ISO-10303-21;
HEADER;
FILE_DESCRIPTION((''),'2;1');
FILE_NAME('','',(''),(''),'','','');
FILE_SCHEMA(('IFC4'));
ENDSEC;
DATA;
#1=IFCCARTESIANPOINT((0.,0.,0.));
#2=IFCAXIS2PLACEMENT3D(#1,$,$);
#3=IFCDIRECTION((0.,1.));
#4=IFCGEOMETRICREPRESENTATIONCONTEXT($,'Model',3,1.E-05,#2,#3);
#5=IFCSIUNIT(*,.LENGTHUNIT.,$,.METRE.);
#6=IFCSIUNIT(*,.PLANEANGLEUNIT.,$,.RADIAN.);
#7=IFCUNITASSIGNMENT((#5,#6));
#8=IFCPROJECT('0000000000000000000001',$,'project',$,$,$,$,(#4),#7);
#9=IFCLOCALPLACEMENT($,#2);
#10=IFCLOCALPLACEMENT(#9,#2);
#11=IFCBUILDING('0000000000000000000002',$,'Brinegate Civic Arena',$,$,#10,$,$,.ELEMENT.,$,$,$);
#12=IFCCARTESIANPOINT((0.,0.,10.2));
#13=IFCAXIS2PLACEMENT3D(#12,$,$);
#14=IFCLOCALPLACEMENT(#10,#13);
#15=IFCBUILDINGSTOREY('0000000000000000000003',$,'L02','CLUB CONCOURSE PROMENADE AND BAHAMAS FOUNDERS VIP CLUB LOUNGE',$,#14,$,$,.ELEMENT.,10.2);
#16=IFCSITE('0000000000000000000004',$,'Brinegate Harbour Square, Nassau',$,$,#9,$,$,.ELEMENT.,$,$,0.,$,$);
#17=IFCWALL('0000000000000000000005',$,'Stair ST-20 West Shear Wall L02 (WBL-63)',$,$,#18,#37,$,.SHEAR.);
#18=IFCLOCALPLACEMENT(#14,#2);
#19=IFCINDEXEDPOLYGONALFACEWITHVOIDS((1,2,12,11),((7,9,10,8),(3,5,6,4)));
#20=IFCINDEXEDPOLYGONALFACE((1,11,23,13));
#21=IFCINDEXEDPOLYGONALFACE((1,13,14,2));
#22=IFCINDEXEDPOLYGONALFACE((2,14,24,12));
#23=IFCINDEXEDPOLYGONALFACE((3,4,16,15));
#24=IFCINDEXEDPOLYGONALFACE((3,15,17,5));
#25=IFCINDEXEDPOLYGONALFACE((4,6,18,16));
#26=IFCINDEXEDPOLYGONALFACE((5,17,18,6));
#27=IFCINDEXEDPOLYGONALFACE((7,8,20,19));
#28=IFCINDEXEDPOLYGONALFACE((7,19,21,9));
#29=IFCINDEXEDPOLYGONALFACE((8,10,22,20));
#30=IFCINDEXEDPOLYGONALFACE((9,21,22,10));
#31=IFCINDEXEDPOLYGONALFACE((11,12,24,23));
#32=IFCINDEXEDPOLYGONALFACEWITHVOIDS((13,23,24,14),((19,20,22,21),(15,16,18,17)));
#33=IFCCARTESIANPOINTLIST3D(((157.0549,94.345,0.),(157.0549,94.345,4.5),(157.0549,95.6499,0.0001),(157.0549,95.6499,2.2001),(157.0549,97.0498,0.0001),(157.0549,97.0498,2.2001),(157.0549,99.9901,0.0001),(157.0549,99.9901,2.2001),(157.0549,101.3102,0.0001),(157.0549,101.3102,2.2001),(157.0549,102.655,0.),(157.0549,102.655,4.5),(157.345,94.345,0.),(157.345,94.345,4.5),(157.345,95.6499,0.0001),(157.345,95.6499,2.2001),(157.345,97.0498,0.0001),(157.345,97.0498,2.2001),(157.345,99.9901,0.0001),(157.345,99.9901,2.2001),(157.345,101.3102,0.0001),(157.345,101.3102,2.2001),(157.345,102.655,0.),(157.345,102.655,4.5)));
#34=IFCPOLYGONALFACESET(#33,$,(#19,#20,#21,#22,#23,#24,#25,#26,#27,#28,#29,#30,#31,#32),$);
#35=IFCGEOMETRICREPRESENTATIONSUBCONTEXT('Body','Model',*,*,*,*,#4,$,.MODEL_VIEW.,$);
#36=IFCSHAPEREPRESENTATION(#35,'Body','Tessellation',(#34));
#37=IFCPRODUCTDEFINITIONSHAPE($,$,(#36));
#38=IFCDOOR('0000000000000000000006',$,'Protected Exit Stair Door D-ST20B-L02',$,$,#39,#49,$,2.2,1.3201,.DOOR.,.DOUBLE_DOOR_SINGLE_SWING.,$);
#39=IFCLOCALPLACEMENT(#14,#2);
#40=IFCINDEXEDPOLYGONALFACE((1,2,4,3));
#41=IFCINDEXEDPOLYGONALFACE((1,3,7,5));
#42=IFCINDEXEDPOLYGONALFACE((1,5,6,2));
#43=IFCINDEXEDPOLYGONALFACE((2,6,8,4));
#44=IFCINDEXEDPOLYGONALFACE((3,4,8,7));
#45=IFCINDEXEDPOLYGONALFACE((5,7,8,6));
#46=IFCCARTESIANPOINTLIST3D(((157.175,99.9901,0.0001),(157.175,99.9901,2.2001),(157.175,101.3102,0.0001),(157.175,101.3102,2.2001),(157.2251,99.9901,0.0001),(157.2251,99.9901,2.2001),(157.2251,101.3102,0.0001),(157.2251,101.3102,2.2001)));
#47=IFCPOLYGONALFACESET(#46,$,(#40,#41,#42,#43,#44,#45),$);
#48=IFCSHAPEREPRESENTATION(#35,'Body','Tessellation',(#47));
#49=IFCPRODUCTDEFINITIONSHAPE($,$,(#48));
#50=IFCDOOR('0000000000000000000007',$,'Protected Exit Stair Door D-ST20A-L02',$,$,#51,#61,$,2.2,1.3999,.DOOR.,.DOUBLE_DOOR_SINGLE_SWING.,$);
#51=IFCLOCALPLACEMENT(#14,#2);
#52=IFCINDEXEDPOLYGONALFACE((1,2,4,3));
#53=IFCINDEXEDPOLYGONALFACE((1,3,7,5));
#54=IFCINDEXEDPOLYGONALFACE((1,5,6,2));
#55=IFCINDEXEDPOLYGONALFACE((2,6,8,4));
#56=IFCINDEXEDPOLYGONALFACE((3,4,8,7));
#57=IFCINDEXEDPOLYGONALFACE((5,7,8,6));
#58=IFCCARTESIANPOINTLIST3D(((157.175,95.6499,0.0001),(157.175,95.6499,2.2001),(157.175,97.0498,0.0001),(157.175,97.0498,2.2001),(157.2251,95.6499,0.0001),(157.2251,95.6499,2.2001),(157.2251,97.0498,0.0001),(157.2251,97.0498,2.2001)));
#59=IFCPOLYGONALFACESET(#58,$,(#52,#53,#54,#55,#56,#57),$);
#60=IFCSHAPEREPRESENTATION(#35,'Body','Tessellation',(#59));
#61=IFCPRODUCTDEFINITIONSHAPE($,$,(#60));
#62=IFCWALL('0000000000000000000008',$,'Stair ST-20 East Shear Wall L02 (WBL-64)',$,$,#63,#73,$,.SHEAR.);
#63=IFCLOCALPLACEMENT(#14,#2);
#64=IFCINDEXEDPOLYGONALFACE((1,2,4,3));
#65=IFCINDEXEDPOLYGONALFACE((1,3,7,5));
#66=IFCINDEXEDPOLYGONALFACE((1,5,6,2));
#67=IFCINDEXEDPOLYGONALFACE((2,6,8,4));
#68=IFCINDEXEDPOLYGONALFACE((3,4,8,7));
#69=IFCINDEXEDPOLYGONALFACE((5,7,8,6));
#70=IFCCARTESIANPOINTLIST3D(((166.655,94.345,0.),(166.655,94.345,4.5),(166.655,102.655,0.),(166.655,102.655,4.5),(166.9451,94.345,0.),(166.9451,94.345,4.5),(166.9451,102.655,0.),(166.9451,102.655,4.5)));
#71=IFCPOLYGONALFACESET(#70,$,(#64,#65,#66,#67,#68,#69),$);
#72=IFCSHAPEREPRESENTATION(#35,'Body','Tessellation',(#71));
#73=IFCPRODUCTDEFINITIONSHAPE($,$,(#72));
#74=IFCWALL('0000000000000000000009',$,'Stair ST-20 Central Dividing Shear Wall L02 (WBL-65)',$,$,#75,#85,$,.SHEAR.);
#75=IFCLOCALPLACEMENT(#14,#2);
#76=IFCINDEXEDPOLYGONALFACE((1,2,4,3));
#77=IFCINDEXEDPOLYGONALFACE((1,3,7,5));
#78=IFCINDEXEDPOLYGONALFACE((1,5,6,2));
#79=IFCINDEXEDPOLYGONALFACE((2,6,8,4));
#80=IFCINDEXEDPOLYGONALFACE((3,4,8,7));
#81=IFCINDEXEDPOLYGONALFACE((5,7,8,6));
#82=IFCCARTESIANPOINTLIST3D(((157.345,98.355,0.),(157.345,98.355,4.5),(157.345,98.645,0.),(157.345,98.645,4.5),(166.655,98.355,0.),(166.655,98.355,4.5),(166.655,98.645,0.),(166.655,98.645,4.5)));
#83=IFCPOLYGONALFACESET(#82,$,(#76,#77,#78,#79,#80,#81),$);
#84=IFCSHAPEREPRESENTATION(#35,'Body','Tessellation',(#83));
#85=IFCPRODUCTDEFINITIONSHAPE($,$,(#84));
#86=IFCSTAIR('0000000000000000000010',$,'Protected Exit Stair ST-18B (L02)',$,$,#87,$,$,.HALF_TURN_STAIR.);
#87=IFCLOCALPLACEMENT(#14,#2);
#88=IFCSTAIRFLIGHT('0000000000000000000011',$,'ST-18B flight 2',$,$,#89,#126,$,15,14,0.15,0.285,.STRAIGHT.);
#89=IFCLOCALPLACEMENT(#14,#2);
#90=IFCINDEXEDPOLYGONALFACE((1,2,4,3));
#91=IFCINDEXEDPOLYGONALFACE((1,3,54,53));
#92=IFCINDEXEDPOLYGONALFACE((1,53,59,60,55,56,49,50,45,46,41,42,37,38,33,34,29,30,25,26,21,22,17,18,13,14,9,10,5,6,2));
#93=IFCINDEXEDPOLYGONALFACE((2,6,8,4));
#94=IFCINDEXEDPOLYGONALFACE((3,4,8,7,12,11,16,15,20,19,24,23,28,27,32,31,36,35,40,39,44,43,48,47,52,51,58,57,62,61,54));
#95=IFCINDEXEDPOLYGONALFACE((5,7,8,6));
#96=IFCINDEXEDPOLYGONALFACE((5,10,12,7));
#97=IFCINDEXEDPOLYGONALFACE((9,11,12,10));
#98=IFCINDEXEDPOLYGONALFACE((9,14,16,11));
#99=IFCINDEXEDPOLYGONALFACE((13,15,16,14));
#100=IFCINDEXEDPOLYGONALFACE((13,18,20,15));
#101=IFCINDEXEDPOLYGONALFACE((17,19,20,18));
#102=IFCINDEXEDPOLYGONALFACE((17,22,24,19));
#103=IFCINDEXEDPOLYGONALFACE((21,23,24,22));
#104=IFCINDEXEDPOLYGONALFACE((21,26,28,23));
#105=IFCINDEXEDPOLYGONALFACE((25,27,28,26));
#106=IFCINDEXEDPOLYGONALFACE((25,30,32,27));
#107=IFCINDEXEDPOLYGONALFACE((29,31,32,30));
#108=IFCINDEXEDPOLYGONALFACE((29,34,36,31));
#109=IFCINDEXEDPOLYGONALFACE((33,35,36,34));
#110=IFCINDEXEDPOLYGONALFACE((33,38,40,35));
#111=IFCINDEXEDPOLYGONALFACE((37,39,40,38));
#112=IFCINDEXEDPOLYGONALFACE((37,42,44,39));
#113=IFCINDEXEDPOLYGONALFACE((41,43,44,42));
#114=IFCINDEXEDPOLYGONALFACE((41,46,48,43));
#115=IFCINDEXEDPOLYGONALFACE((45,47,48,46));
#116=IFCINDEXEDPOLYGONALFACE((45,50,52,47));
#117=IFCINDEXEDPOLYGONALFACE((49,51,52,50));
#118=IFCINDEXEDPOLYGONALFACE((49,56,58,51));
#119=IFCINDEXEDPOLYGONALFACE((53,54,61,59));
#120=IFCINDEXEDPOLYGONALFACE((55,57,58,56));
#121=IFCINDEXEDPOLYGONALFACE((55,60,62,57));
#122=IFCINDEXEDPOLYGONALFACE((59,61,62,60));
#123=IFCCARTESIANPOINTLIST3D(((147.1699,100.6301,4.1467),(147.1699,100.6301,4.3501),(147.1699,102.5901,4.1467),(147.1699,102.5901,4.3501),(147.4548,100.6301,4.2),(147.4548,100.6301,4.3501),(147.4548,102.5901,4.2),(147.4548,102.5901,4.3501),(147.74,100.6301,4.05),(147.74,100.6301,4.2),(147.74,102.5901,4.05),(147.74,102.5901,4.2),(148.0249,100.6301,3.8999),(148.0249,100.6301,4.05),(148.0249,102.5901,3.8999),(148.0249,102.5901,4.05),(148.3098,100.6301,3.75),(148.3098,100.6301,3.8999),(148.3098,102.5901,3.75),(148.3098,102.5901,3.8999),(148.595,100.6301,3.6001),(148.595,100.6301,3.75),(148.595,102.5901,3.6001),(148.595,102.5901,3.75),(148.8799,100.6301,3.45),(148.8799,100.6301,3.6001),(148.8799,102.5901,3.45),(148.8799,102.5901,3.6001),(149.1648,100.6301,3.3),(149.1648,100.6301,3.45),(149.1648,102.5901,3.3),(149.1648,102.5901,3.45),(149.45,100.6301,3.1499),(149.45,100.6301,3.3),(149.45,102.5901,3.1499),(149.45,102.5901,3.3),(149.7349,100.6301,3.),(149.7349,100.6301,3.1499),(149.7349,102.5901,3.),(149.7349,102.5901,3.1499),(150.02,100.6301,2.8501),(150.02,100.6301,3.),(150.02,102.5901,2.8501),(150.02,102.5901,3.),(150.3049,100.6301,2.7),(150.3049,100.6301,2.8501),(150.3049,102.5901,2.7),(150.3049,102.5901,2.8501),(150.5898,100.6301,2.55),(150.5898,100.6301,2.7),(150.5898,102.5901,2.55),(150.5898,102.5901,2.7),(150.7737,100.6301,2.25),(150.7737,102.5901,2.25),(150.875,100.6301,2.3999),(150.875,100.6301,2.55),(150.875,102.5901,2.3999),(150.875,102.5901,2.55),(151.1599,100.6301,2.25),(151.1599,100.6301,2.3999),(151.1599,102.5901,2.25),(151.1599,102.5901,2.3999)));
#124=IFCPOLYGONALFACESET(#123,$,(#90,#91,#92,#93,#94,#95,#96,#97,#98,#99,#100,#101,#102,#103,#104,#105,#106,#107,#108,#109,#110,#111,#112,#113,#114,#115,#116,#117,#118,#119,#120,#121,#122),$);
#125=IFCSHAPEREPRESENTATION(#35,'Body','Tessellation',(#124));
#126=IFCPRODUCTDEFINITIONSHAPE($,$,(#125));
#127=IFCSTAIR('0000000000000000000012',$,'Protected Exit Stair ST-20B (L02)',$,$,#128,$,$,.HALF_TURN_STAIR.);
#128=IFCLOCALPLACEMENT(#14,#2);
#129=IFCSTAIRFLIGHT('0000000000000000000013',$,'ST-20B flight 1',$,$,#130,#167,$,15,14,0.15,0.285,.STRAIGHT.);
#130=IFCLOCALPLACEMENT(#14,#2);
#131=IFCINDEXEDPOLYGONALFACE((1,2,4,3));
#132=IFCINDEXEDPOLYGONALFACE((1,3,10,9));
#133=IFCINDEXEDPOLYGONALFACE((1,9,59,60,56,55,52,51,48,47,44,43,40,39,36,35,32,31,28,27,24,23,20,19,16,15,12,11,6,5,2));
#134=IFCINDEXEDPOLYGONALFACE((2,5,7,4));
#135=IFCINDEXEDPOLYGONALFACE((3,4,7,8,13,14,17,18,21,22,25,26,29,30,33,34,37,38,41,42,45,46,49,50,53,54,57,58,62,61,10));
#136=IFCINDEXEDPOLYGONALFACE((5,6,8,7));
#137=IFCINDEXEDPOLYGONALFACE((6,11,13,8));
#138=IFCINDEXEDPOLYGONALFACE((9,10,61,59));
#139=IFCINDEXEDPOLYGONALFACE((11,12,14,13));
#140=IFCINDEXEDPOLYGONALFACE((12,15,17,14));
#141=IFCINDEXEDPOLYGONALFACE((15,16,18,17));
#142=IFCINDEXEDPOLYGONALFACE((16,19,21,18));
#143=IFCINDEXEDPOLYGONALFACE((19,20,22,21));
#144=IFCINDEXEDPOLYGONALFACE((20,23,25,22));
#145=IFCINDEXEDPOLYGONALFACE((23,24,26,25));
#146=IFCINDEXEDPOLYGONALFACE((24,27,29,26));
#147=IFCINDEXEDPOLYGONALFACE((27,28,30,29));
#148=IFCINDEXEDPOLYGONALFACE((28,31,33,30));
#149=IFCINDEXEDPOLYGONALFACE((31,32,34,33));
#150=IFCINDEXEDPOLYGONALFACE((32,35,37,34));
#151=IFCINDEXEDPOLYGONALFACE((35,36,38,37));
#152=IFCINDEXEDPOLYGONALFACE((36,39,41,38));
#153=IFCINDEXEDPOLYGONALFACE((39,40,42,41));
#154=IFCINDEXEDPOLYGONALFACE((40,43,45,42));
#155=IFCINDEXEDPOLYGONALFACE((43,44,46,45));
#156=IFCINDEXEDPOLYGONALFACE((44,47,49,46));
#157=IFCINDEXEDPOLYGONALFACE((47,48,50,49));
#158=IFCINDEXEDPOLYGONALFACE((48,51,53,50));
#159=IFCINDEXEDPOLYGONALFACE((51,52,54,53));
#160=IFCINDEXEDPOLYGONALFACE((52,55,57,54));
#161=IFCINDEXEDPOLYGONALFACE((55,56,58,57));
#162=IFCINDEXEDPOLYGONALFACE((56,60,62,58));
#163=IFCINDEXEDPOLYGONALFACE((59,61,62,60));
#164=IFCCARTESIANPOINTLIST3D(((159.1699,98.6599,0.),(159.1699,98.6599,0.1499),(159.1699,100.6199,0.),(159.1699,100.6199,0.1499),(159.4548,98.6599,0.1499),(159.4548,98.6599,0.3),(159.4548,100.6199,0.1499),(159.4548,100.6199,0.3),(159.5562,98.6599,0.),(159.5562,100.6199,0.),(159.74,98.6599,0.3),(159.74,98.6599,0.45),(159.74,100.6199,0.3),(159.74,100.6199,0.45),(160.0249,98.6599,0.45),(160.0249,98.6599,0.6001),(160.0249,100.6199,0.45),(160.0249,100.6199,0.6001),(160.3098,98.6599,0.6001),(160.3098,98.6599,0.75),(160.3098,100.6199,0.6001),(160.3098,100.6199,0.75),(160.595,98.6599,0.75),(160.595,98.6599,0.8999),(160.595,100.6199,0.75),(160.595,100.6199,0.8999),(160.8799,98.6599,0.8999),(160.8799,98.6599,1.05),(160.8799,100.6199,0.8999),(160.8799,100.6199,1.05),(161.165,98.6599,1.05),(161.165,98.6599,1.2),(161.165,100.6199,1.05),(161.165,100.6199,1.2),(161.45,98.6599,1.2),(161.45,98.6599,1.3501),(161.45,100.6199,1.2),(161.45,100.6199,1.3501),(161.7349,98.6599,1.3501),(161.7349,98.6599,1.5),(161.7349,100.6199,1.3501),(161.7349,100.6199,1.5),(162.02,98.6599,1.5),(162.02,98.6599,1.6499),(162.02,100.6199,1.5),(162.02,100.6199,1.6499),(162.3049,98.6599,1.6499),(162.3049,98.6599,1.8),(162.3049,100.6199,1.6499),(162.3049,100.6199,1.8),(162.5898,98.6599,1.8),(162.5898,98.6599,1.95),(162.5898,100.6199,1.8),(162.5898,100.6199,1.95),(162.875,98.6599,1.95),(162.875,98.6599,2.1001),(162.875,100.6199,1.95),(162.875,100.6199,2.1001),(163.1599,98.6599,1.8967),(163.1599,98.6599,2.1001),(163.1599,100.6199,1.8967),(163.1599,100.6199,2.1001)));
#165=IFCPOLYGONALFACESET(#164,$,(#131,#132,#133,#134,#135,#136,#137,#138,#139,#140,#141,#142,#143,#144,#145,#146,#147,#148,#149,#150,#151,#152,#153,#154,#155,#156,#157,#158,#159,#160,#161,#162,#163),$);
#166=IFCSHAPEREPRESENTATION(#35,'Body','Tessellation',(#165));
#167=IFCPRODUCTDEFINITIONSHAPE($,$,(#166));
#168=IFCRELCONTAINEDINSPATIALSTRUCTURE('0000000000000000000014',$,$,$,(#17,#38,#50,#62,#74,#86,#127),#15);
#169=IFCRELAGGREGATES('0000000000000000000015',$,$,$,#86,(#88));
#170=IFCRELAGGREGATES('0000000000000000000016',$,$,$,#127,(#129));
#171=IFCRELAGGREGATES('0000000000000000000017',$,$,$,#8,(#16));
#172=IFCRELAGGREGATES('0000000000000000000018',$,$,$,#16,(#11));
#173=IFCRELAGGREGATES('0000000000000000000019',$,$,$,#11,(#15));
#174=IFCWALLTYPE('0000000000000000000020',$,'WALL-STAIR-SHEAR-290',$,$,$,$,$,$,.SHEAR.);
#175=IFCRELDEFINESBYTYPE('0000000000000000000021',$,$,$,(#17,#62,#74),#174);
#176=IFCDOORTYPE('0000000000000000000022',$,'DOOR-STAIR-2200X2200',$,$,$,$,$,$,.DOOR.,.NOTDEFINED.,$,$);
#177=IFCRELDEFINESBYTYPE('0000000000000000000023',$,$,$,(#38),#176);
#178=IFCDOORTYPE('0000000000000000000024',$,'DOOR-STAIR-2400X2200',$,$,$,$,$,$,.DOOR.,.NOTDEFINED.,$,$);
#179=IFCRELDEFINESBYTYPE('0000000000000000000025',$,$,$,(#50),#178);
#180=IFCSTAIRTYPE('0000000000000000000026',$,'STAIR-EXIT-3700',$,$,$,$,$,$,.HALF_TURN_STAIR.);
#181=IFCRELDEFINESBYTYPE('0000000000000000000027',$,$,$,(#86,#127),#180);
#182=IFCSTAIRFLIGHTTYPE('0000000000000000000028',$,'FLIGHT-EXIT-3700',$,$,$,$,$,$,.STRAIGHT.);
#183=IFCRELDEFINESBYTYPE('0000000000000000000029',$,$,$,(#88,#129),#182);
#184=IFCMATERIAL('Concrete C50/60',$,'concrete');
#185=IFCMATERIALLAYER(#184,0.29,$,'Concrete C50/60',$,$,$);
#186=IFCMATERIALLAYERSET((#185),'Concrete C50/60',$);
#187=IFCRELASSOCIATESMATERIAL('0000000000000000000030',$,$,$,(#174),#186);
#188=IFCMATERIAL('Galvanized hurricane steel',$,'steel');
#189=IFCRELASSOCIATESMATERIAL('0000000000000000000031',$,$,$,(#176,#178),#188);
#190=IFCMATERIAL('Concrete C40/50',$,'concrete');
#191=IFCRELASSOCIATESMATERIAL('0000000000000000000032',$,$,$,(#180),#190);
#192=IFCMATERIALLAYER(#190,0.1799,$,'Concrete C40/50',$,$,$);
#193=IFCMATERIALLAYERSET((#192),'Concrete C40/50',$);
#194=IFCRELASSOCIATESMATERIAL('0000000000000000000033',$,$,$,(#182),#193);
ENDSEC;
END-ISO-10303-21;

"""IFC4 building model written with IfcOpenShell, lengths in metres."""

from ifc_helpers import new_model, si_unit, direction, frame, frame_2d, origin, place, context, subcontext, project, spatial, polyline, rectangle, outline, extrude, material, layer, layer_set, type_object, element, fill, aggregate, save


model = new_model("IFC4")

# Units and contexts
model_context = context("Model", 3, precision=1e-05, world=origin(), true_north=direction((0.0, 1.0)))
body_context = subcontext(model_context, "Body", "Model", "MODEL_VIEW")
ifc_project = project(units=[si_unit("LENGTHUNIT", "METRE"), si_unit("PLANEANGLEUNIT", "RADIAN")], contexts=[model_context])

# Site, building, storey
site_placement = place(None, origin())
site = spatial("IfcSite", under=ifc_project, at=site_placement, Name="Brinegate Harbour Square, Nassau", CompositionType="ELEMENT", RefElevation=0.0)
building_placement = place(site_placement, origin())
building = spatial("IfcBuilding", under=site, at=building_placement, Name="Brinegate Civic Arena", CompositionType="ELEMENT")
storey_placement = place(building_placement, frame((0.0, 0.0, 10.2)))
storey = spatial("IfcBuildingStorey", under=building, at=storey_placement, Name="L02", Description="CLUB CONCOURSE PROMENADE AND BAHAMAS FOUNDERS VIP CLUB LOUNGE", CompositionType="ELEMENT", Elevation=10.2)

# Shared definitions
ifc_material_1 = material(Name="Concrete C50/60", Category="concrete")

# Shared definitions
ifc_layer_1 = layer(ifc_material_1, 0.29, Name="Concrete C50/60")
ifc_layer_set_1 = layer_set([ifc_layer_1], Name="Concrete C50/60")
wall_type_1 = type_object("IfcWallType", Name="WALL-STAIR-SHEAR-290", PredefinedType="SHEAR", material=ifc_layer_set_1)

# Wall, openings, doors
wall_1_placement = place(storey_placement, frame((157.2, 94.345, 0.0), z_axis=(0.0, 0.0, 1.0), x_axis=(0.0, 1.0, 0.0)))
wall_1 = element("IfcWall", 1, at=wall_1_placement, inside=storey, type_object=wall_type_1, Name="Stair ST-20 West Shear Wall L02 (WBL-63)", PredefinedType="SHEAR", context=body_context, shape_type="SweptSolid", body=[
    extrude(rectangle(XDim=8.3101, YDim=0.29, at=frame_2d((4.155, 0.0))), origin(), (0.0, 0.0, 1.0), 4.5),
])
opening_1_placement = place(wall_1_placement, frame((1.3049, 0.0, 0.0)))
opening_1 = element("IfcOpeningElement", 2, at=opening_1_placement, cuts=wall_1, PredefinedType="OPENING", context=body_context, shape_type="SweptSolid", body=[
    extrude(rectangle(XDim=1.3999, YDim=2.2, at=frame_2d((0.7, 1.1001))), frame((0.0, 0.155, 0.0), z_axis=(0.0, -1.0, 0.0), x_axis=(1.0, 0.0, 0.0)), (0.0, 0.0, 1.0), 0.3101),
])
opening_2_placement = place(wall_1_placement, frame((5.645, 0.0, 0.0)))
opening_2 = element("IfcOpeningElement", 3, at=opening_2_placement, cuts=wall_1, PredefinedType="OPENING", context=body_context, shape_type="SweptSolid", body=[
    extrude(rectangle(XDim=1.3201, YDim=2.2, at=frame_2d((0.6602, 1.1001))), frame((0.0, 0.155, 0.0), z_axis=(0.0, -1.0, 0.0), x_axis=(1.0, 0.0, 0.0)), (0.0, 0.0, 1.0), 0.3101),
])
ifc_material_2 = material(Name="Galvanized hurricane steel", Category="steel")
door_type_1 = type_object("IfcDoorType", Name="DOOR-STAIR-2200X2200", OperationType="NOTDEFINED", PredefinedType="DOOR", material=ifc_material_2)
door_1_placement = place(opening_2_placement, origin())
door_1 = element("IfcDoor", 4, at=door_1_placement, inside=storey, type_object=door_type_1, Name="Protected Exit Stair Door D-ST20B-L02", OperationType="DOUBLE_DOOR_SINGLE_SWING", OverallHeight=2.2, OverallWidth=1.3201, PredefinedType="DOOR", context=body_context, shape_type="SweptSolid", body=[
    extrude(rectangle(XDim=1.3201, YDim=2.2, at=frame_2d((0.6602, 1.1001))), frame((0.0, 0.0249, 0.0), z_axis=(0.0, -1.0, 0.0), x_axis=(1.0, 0.0, 0.0)), (0.0, 0.0, 1.0), 0.05),
])
fill(opening_2, door_1)
door_type_2 = type_object("IfcDoorType", Name="DOOR-STAIR-2400X2200", OperationType="NOTDEFINED", PredefinedType="DOOR", material=ifc_material_2)
door_2_placement = place(opening_1_placement, origin())
door_2 = element("IfcDoor", 5, at=door_2_placement, inside=storey, type_object=door_type_2, Name="Protected Exit Stair Door D-ST20A-L02", OperationType="DOUBLE_DOOR_SINGLE_SWING", OverallHeight=2.2, OverallWidth=1.3999, PredefinedType="DOOR", context=body_context, shape_type="SweptSolid", body=[
    extrude(rectangle(XDim=1.3999, YDim=2.2, at=frame_2d((0.7, 1.1001))), frame((0.0, 0.0249, 0.0), z_axis=(0.0, -1.0, 0.0), x_axis=(1.0, 0.0, 0.0)), (0.0, 0.0, 1.0), 0.05),
])
fill(opening_1, door_2)

# Walls
wall_2_placement = place(storey_placement, frame((166.8, 94.345, 0.0), z_axis=(0.0, 0.0, 1.0), x_axis=(0.0, 1.0, 0.0)))
element("IfcWall", 6, at=wall_2_placement, inside=storey, type_object=wall_type_1, Name="Stair ST-20 East Shear Wall L02 (WBL-64)", PredefinedType="SHEAR", context=body_context, shape_type="SweptSolid", body=[
    extrude(rectangle(XDim=8.3101, YDim=0.29, at=frame_2d((4.155, 0.0))), origin(), (0.0, 0.0, 1.0), 4.5),
])
wall_3_placement = place(storey_placement, frame((157.345, 98.5, 0.0), z_axis=(0.0, 0.0, 1.0), x_axis=(1.0, 0.0, 0.0)))
element("IfcWall", 7, at=wall_3_placement, inside=storey, type_object=wall_type_1, Name="Stair ST-20 Central Dividing Shear Wall L02 (WBL-65)", PredefinedType="SHEAR", context=body_context, shape_type="SweptSolid", body=[
    extrude(rectangle(XDim=9.3101, YDim=0.29, at=frame_2d((4.655, 0.0))), origin(), (0.0, 0.0, 1.0), 4.5),
])

# Stair, stair flight
ifc_material_3 = material(Name="Concrete C40/50", Category="concrete")
stair_type_1 = type_object("IfcStairType", Name="STAIR-EXIT-3700", PredefinedType="HALF_TURN_STAIR", material=ifc_material_3)
stair_1_placement = place(storey_placement, origin())
stair_1 = element("IfcStair", 8, at=stair_1_placement, inside=storey, type_object=stair_type_1, Name="Protected Exit Stair ST-18B (L02)", PredefinedType="HALF_TURN_STAIR")
ifc_layer_2 = layer(ifc_material_3, 0.1799, Name="Concrete C40/50")
ifc_layer_set_2 = layer_set([ifc_layer_2], Name="Concrete C40/50")
stair_flight_type_1 = type_object("IfcStairFlightType", Name="FLIGHT-EXIT-3700", PredefinedType="STRAIGHT", material=ifc_layer_set_2)
stair_flight_1_placement = place(storey_placement, frame((151.1599, 101.6101, 2.25), z_axis=(0.0, 0.0, 1.0), x_axis=(-1.0, 0.0, 0.0)))
stair_flight_1 = element("IfcStairFlight", 9, at=stair_flight_1_placement, type_object=stair_flight_type_1, Name="ST-18B flight 2", NumberOfRisers=15, NumberOfTreads=14, PredefinedType="STRAIGHT", RiserHeight=0.15, TreadLength=0.285, context=body_context, shape_type="SweptSolid", body=[
    extrude(outline(polyline([(0.0, 0.0), (0.0, 0.1499), (0.2849, 0.1499), (0.2849, 0.3), (0.5701, 0.3), (0.5701, 0.45), (0.855, 0.45), (0.855, 0.6001), (1.1399, 0.6001), (1.1399, 0.75), (1.425, 0.75), (1.425, 0.8999), (1.71, 0.8999), (1.71, 1.05), (1.9951, 1.05), (1.9951, 1.2), (2.28, 1.2), (2.28, 1.3501), (2.5649, 1.3501), (2.5649, 1.5), (2.8501, 1.5), (2.8501, 1.6499), (3.135, 1.6499), (3.135, 1.8), (3.4199, 1.8), (3.4199, 1.95), (3.7051, 1.95), (3.7051, 2.1001), (3.99, 2.1001), (3.99, 2.25), (3.99, 1.8967), (0.3862, 0.0), (0.0, 0.0)])), frame((0.0, 0.98, 0.0), z_axis=(0.0, -1.0, 0.0), x_axis=(1.0, 0.0, 0.0)), (0.0, 0.0, 1.0), 1.96),
])
aggregate(stair_1, [stair_flight_1])

# Stair, stair flight
stair_2_placement = place(storey_placement, origin())
stair_2 = element("IfcStair", 10, at=stair_2_placement, inside=storey, type_object=stair_type_1, Name="Protected Exit Stair ST-20B (L02)", PredefinedType="HALF_TURN_STAIR")
stair_flight_2_placement = place(storey_placement, frame((159.1699, 99.6399, 0.0), z_axis=(0.0, 0.0, 1.0), x_axis=(1.0, 0.0, 0.0)))
stair_flight_2 = element("IfcStairFlight", 11, at=stair_flight_2_placement, type_object=stair_flight_type_1, Name="ST-20B flight 1", NumberOfRisers=15, NumberOfTreads=14, PredefinedType="STRAIGHT", RiserHeight=0.15, TreadLength=0.285, context=body_context, shape_type="SweptSolid", body=[
    extrude(outline(polyline([(0.0, 0.0), (0.0, 0.1499), (0.2849, 0.1499), (0.2849, 0.3), (0.5701, 0.3), (0.5701, 0.45), (0.855, 0.45), (0.855, 0.6001), (1.1399, 0.6001), (1.1399, 0.75), (1.425, 0.75), (1.425, 0.8999), (1.71, 0.8999), (1.71, 1.05), (1.9951, 1.05), (1.9951, 1.2), (2.28, 1.2), (2.28, 1.3501), (2.5649, 1.3501), (2.5649, 1.5), (2.8501, 1.5), (2.8501, 1.6499), (3.135, 1.6499), (3.135, 1.8), (3.4199, 1.8), (3.4199, 1.95), (3.7051, 1.95), (3.7051, 2.1001), (3.99, 2.1001), (3.99, 2.25), (3.99, 1.8967), (0.3862, 0.0), (0.0, 0.0)])), frame((0.0, 0.98, 0.0), z_axis=(0.0, -1.0, 0.0), x_axis=(1.0, 0.0, 0.0)), (0.0, 0.0, 1.0), 1.96),
])
aggregate(stair_2, [stair_flight_2])

save(model, "model.ifc")
